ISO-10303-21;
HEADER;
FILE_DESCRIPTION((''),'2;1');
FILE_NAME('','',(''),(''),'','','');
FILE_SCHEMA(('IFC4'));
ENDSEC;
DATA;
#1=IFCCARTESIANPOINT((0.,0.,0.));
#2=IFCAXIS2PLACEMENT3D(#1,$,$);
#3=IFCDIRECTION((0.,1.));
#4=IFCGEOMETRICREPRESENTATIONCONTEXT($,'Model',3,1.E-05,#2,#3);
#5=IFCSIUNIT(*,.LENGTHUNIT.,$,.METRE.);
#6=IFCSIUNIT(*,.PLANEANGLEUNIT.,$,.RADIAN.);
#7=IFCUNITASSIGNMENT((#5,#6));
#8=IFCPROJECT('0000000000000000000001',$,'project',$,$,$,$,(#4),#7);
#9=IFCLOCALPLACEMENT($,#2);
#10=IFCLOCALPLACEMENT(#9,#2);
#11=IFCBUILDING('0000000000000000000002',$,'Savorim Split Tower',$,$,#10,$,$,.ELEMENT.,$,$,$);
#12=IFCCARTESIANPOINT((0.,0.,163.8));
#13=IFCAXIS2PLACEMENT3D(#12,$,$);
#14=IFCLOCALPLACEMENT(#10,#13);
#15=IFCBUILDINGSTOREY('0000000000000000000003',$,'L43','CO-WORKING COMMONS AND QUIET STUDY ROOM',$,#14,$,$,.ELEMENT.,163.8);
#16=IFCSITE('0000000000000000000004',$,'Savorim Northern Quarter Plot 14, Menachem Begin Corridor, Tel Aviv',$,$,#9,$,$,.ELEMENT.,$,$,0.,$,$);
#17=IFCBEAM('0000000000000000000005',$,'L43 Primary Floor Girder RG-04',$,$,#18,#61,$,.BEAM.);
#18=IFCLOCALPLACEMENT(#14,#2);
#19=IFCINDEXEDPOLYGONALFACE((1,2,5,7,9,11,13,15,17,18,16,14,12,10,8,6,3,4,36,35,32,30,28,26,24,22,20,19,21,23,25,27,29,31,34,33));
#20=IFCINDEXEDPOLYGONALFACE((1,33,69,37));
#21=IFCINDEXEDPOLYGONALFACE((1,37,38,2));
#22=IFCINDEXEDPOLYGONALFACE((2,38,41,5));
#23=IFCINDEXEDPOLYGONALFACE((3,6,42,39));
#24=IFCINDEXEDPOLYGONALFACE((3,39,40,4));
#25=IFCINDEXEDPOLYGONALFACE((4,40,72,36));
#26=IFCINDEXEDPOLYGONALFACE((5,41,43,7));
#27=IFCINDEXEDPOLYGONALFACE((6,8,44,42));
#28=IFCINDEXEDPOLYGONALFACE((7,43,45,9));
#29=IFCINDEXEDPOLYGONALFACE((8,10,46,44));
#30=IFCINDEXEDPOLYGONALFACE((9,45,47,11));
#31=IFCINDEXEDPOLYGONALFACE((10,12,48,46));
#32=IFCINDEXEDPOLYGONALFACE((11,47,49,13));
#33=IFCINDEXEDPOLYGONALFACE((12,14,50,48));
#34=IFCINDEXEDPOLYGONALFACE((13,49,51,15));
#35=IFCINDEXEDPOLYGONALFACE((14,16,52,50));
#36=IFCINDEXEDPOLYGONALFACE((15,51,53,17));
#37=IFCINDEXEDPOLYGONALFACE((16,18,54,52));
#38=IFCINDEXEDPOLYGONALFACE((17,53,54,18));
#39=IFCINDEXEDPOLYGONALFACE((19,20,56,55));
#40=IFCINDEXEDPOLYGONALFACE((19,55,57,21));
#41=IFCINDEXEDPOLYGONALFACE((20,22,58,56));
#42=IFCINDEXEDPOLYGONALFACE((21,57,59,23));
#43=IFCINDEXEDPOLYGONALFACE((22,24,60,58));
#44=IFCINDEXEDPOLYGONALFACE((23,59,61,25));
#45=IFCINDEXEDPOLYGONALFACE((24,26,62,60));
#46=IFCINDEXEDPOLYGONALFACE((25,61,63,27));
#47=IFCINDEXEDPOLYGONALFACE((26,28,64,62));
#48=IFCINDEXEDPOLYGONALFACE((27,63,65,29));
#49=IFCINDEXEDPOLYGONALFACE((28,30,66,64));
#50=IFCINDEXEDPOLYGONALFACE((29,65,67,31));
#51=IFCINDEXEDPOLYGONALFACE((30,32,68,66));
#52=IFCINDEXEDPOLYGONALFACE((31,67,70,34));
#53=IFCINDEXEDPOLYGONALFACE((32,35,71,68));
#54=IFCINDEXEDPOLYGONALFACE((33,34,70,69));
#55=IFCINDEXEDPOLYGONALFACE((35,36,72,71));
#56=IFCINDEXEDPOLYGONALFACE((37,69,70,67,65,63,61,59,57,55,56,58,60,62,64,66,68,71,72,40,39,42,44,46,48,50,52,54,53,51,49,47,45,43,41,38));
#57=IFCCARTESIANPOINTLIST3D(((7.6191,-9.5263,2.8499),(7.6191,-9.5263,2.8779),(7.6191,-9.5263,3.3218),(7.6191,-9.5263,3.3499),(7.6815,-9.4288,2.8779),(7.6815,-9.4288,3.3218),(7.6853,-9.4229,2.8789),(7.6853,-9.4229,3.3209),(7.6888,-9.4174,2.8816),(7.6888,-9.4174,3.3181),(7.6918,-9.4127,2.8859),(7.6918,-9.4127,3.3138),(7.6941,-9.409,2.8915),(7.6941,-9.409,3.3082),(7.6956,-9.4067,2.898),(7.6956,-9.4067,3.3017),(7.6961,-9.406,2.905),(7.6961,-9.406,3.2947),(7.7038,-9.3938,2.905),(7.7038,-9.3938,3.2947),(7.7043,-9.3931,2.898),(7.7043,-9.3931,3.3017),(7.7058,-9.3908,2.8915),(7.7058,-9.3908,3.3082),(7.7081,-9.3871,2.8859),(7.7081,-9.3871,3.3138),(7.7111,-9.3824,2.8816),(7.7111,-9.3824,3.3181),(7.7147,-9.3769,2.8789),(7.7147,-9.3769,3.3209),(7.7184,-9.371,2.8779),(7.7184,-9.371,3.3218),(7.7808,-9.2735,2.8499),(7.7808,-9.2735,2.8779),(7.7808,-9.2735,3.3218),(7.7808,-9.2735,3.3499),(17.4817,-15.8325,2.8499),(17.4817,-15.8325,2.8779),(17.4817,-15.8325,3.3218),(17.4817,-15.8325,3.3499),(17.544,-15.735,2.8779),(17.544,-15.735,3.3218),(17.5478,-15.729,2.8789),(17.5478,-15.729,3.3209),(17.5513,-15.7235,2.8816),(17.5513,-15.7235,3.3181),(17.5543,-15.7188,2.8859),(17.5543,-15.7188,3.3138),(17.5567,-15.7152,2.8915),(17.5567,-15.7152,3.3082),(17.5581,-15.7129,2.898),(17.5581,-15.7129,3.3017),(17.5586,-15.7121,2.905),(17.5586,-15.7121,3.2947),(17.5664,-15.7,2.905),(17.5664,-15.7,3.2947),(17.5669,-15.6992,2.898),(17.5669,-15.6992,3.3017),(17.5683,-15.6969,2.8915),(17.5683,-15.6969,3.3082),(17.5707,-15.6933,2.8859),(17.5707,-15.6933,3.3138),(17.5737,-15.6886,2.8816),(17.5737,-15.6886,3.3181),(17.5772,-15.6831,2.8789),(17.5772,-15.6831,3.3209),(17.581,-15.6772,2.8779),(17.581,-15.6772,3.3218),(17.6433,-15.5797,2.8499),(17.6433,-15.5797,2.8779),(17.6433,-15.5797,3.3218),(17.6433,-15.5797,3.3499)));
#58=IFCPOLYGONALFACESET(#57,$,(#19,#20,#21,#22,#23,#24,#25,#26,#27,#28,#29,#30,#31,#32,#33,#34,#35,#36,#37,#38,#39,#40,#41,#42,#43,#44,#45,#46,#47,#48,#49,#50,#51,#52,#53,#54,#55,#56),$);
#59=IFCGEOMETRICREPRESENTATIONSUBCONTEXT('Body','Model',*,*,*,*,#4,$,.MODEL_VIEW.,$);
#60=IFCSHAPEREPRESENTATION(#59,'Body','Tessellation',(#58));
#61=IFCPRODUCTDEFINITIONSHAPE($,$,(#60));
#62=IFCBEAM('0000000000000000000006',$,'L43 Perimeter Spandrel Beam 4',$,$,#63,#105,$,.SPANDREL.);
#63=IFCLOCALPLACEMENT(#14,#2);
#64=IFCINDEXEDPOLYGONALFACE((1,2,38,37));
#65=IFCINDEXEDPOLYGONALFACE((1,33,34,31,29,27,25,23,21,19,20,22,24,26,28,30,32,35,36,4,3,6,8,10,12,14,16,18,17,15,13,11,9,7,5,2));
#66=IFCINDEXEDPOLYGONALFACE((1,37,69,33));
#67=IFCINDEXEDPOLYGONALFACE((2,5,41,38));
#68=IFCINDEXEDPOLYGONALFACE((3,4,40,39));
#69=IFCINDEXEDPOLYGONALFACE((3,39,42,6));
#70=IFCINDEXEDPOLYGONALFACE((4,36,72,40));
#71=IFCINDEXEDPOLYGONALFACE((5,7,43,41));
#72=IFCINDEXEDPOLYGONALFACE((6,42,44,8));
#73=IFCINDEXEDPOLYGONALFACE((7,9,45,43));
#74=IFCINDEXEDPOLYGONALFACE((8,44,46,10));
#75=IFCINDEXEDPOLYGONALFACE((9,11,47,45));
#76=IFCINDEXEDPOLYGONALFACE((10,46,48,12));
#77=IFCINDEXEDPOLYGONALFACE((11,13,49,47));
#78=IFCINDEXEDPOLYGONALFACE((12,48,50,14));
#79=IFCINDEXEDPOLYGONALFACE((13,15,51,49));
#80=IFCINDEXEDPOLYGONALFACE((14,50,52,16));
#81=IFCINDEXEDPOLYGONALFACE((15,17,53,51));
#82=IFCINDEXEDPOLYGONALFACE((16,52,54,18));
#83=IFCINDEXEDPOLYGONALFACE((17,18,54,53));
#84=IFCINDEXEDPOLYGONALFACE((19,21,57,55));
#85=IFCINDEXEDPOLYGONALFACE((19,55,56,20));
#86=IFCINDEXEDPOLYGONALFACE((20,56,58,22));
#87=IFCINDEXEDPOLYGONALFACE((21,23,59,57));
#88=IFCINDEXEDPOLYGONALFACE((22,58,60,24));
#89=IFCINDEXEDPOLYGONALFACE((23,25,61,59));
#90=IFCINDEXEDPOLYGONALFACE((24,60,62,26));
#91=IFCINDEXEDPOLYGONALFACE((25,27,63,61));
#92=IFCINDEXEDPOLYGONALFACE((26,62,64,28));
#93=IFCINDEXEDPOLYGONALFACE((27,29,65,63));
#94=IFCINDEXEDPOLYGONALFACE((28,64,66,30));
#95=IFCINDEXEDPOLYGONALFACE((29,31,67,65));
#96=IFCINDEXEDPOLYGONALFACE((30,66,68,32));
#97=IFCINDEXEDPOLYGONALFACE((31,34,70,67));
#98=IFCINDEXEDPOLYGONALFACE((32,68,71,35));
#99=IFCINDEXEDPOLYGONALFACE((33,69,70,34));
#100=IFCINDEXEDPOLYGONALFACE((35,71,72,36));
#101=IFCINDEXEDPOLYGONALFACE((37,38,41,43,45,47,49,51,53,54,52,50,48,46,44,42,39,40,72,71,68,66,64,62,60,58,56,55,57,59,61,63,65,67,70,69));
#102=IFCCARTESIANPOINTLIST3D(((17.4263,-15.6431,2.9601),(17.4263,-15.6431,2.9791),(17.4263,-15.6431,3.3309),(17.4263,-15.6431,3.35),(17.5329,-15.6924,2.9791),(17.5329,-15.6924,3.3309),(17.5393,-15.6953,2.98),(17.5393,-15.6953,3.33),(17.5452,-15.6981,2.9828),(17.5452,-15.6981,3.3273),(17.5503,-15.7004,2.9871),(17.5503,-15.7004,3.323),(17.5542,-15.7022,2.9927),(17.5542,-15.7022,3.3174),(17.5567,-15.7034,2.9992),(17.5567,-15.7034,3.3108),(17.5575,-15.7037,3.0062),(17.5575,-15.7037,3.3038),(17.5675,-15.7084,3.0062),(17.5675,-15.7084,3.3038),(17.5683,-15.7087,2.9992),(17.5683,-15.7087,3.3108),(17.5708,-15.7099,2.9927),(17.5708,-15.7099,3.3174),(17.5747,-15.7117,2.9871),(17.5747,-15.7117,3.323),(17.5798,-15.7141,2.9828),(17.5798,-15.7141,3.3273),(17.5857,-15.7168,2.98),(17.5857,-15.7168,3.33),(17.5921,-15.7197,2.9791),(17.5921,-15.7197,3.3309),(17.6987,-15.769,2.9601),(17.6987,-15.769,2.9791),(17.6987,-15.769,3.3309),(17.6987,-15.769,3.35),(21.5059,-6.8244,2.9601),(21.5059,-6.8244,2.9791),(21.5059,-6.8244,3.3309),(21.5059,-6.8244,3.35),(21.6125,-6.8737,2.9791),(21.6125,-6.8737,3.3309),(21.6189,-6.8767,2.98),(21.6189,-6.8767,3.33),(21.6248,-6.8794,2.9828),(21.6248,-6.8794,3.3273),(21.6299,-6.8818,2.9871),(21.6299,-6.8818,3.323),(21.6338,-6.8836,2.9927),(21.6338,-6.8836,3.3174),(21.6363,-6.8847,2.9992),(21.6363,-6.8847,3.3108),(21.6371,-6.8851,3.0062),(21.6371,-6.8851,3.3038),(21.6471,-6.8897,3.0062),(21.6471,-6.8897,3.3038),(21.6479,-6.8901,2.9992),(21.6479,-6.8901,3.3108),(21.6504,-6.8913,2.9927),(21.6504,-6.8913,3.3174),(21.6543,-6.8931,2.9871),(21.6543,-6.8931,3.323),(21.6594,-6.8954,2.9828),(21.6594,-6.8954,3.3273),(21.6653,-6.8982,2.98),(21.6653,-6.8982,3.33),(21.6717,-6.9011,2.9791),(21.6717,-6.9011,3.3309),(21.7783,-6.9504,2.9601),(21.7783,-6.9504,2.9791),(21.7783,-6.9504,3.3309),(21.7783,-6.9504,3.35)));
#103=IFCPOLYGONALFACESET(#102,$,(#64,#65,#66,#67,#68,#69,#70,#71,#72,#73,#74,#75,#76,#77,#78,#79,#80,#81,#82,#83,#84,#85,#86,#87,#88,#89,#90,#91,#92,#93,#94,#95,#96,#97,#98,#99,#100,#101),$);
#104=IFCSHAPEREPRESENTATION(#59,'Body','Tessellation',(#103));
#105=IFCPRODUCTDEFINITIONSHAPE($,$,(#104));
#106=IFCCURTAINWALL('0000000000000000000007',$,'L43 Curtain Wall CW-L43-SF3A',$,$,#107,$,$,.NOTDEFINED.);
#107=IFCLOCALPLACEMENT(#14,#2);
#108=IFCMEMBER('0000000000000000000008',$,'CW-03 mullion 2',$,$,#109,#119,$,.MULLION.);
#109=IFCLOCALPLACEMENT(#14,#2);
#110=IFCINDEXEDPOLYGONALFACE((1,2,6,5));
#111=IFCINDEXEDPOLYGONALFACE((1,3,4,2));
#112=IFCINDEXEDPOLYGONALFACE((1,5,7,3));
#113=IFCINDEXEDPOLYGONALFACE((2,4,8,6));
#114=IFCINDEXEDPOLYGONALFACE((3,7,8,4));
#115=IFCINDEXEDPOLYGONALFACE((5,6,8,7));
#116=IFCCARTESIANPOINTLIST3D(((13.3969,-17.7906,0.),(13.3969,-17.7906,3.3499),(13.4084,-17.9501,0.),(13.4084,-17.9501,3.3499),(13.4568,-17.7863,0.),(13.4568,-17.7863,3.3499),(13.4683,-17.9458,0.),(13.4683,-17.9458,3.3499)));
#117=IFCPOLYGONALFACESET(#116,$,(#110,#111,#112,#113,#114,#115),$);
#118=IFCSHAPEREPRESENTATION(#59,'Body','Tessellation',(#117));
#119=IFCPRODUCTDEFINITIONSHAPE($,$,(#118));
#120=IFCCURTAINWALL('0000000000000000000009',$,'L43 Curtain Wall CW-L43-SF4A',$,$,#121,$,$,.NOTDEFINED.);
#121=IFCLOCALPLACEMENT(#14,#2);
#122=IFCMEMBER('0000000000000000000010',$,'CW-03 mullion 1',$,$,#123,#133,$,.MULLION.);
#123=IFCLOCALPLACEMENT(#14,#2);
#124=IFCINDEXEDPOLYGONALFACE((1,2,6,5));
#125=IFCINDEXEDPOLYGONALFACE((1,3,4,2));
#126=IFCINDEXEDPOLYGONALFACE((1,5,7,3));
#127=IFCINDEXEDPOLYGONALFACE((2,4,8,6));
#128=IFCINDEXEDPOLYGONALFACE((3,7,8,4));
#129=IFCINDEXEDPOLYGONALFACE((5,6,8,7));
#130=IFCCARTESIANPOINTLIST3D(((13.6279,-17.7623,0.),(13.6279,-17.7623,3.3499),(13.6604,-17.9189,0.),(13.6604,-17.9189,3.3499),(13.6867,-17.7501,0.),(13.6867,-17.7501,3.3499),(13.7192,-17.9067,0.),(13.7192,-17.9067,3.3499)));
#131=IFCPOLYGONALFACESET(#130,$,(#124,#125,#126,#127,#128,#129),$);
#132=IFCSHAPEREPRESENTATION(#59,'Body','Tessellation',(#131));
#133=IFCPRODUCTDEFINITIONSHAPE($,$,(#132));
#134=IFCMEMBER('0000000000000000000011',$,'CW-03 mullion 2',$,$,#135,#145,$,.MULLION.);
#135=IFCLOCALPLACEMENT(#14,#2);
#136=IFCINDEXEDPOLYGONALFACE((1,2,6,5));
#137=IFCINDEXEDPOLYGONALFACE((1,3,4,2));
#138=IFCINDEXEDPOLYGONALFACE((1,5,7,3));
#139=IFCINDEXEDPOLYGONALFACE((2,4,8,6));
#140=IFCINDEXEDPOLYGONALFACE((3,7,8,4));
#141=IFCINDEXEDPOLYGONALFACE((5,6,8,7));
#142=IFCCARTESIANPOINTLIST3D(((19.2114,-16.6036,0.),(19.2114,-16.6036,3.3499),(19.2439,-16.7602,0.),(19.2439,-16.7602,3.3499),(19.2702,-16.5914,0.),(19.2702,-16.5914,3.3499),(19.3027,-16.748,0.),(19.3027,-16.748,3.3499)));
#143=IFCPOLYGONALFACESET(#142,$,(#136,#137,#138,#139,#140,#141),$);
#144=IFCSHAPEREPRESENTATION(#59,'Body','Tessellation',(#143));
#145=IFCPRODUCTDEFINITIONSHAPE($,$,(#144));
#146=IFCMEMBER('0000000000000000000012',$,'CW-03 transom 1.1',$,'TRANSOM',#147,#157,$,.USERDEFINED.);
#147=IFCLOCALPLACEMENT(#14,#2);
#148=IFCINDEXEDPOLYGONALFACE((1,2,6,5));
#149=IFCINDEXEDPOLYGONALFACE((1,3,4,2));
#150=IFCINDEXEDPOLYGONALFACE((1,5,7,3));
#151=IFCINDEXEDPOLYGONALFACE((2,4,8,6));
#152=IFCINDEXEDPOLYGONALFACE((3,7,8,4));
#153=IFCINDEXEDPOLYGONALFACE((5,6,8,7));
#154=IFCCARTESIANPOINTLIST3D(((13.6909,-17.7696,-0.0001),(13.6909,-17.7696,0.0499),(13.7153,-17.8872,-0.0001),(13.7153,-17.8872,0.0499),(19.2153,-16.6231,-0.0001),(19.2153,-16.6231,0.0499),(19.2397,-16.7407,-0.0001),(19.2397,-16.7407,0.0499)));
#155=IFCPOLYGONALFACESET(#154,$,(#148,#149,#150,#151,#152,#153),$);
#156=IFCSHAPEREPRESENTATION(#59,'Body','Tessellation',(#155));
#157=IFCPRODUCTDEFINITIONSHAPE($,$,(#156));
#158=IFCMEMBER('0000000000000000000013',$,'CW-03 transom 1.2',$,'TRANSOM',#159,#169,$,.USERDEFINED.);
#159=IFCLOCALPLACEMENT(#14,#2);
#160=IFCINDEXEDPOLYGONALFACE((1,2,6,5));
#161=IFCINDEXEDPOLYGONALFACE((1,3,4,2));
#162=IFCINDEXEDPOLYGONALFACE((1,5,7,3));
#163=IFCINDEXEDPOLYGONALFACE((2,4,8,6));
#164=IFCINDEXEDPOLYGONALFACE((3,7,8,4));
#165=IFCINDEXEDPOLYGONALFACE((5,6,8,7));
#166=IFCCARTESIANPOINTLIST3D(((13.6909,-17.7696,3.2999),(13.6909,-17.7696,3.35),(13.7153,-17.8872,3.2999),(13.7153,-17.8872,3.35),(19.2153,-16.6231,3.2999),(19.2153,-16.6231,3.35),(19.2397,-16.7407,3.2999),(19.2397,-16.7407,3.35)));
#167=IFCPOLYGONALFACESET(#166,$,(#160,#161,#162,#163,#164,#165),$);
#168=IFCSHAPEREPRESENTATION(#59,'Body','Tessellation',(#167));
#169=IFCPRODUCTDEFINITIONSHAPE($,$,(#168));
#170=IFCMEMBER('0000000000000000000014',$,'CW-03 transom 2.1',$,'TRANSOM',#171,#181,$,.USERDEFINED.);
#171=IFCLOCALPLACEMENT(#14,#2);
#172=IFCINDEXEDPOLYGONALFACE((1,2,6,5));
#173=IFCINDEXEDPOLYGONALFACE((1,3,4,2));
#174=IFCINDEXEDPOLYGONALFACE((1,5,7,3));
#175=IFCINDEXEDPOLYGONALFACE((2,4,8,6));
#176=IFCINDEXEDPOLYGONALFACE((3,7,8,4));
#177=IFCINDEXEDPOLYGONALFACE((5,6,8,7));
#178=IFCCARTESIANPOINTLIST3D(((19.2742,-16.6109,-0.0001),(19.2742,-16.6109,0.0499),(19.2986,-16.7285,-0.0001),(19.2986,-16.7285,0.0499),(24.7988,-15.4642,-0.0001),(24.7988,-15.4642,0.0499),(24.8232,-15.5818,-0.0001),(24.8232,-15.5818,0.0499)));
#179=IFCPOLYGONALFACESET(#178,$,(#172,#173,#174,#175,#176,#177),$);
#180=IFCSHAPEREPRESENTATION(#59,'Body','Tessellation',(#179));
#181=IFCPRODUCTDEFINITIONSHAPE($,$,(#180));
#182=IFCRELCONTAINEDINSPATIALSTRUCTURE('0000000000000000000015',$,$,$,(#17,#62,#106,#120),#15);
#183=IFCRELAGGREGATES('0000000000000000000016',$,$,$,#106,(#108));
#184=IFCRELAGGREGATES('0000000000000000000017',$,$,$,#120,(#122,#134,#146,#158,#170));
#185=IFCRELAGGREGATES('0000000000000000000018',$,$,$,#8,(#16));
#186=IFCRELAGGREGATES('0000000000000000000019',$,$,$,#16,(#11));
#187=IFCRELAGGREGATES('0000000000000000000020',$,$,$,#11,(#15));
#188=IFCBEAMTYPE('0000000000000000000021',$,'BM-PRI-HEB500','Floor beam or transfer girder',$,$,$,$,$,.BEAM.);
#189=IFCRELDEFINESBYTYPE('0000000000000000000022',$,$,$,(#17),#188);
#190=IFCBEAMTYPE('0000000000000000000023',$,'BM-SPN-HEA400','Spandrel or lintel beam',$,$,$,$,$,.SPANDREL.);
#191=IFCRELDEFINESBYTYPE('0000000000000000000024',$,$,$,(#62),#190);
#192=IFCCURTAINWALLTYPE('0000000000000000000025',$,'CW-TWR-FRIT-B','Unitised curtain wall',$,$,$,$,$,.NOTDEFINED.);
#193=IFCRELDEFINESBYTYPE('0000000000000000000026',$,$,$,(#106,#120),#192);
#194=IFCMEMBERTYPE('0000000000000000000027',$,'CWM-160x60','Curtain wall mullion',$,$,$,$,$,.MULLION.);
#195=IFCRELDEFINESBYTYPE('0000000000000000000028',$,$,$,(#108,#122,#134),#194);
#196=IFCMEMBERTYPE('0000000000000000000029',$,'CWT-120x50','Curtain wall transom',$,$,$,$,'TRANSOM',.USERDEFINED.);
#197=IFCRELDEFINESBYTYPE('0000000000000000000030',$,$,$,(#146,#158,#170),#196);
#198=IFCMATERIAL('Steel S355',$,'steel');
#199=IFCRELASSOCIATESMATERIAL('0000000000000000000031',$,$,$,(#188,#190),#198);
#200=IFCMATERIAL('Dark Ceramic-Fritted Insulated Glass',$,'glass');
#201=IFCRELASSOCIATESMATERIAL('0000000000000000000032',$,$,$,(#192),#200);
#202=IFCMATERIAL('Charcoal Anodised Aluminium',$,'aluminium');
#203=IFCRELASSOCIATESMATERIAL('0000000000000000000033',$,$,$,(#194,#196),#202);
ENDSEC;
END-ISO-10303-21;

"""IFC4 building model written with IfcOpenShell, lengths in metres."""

from ifc_helpers import new_model, si_unit, direction, frame, origin, origin_2d, place, context, subcontext, project, spatial, rectangle, i_section, extrude, material, material_profile, profile_set, type_object, element, aggregate, save


model = new_model("IFC4")

# Units and contexts
model_context = context("Model", 3, precision=1e-05, world=origin(), true_north=direction((0.0, 1.0)))
body_context = subcontext(model_context, "Body", "Model", "MODEL_VIEW")
ifc_project = project(units=[si_unit("LENGTHUNIT", "METRE"), si_unit("PLANEANGLEUNIT", "RADIAN")], contexts=[model_context])

# Site, building, storey
site_placement = place(None, origin())
site = spatial("IfcSite", under=ifc_project, at=site_placement, Name="Savorim Northern Quarter Plot 14, Menachem Begin Corridor, Tel Aviv", CompositionType="ELEMENT", RefElevation=0.0)
building_placement = place(site_placement, origin())
building = spatial("IfcBuilding", under=site, at=building_placement, Name="Savorim Split Tower", CompositionType="ELEMENT")
storey_placement = place(building_placement, frame((0.0, 0.0, 163.8)))
storey = spatial("IfcBuildingStorey", under=building, at=storey_placement, Name="L43", Description="CO-WORKING COMMONS AND QUIET STUDY ROOM", CompositionType="ELEMENT", Elevation=163.8)

# Beams
ifc_material_1 = material(Name="Steel S355", Category="steel")
ifc_material_profile_1 = material_profile(ifc_material_1, i_section(OverallWidth=0.3, OverallDepth=0.5, WebThickness=0.0144, FlangeThickness=0.0281, FilletRadius=0.0271, at=origin_2d()), Name="HEB 500")
ifc_profile_set_1 = profile_set([ifc_material_profile_1], Name="Steel S355")
beam_type_1 = type_object("IfcBeamType", Name="BM-PRI-HEB500", Description="Floor beam or transfer girder", PredefinedType="BEAM", material=ifc_profile_set_1)
beam_1_placement = place(storey_placement, frame((17.5625, -15.7061, 3.0999), z_axis=(-0.842499, 0.538697, 0.0), x_axis=(-0.538697, -0.842499, 0.0)))
element("IfcBeam", 1, at=beam_1_placement, inside=storey, type_object=beam_type_1, Name="L43 Primary Floor Girder RG-04", PredefinedType="BEAM", context=body_context, shape_type="SweptSolid", body=[
    extrude(i_section(OverallWidth=0.3, OverallDepth=0.5, WebThickness=0.0144, FlangeThickness=0.0281, FilletRadius=0.0271, at=origin_2d()), origin(), (0.0, 0.0, 1.0), 11.7063),
])
ifc_material_profile_2 = material_profile(ifc_material_1, i_section(OverallWidth=0.3, OverallDepth=0.3899, WebThickness=0.011, FlangeThickness=0.019, FilletRadius=0.0271, at=origin_2d()), Name="HEA 400")
ifc_profile_set_2 = profile_set([ifc_material_profile_2], Name="Steel S355")
beam_type_2 = type_object("IfcBeamType", Name="BM-SPN-HEA400", Description="Spandrel or lintel beam", PredefinedType="SPANDREL", material=ifc_profile_set_2)
beam_2_placement = place(storey_placement, frame((17.5625, -15.7061, 3.155), z_axis=(0.419861, 0.907588, 0.0), x_axis=(-0.907588, 0.419861, 0.0)))
element("IfcBeam", 2, at=beam_2_placement, inside=storey, type_object=beam_type_2, Name="L43 Perimeter Spandrel Beam 4", PredefinedType="SPANDREL", context=body_context, shape_type="SweptSolid", body=[
    extrude(i_section(OverallWidth=0.3, OverallDepth=0.3899, WebThickness=0.011, FlangeThickness=0.019, FilletRadius=0.0271, at=origin_2d()), origin(), (0.0, 0.0, 1.0), 9.7166),
])

# Curtain wall, member
ifc_material_2 = material(Name="Dark Ceramic-Fritted Insulated Glass", Category="glass")
curtain_wall_type = type_object("IfcCurtainWallType", Name="CW-TWR-FRIT-B", Description="Unitised curtain wall", PredefinedType="NOTDEFINED", material=ifc_material_2)
curtain_wall_1_placement = place(storey_placement, origin())
curtain_wall_1 = element("IfcCurtainWall", 3, at=curtain_wall_1_placement, inside=storey, type_object=curtain_wall_type, Name="L43 Curtain Wall CW-L43-SF3A", PredefinedType="NOTDEFINED")
ifc_material_3 = material(Name="Charcoal Anodised Aluminium", Category="aluminium")
ifc_material_profile_3 = material_profile(ifc_material_3, rectangle(XDim=0.1599, YDim=0.0601, at=origin_2d()), Name="ALU-M 160x60")
ifc_profile_set_3 = profile_set([ifc_material_profile_3], Name="Charcoal Anodised Aluminium")
member_type_1 = type_object("IfcMemberType", Name="CWM-160x60", Description="Curtain wall mullion", PredefinedType="MULLION", material=ifc_profile_set_3)
member_1_placement = place(storey_placement, frame((13.4326, -17.8682, 0.0), z_axis=(0.0, 0.0, 1.0), x_axis=(-0.071558, 0.997436, 0.0)))
member_1 = element("IfcMember", 4, at=member_1_placement, type_object=member_type_1, Name="CW-03 mullion 2", PredefinedType="MULLION", context=body_context, shape_type="SweptSolid", body=[
    extrude(rectangle(XDim=0.1599, YDim=0.0601, at=origin_2d()), origin(), (0.0, 0.0, 1.0), 3.3499),
])

# Curtain wall, members
curtain_wall_2_placement = place(storey_placement, origin())
curtain_wall_2 = element("IfcCurtainWall", 5, at=curtain_wall_2_placement, inside=storey, type_object=curtain_wall_type, Name="L43 Curtain Wall CW-L43-SF4A", PredefinedType="NOTDEFINED")
member_2_placement = place(storey_placement, frame((13.6736, -17.8345, 0.0), z_axis=(0.0, 0.0, 1.0), x_axis=(-0.203216, 0.979134, 0.0)))
member_2 = element("IfcMember", 6, at=member_2_placement, type_object=member_type_1, Name="CW-03 mullion 1", PredefinedType="MULLION", context=body_context, shape_type="SweptSolid", body=[
    extrude(rectangle(XDim=0.1599, YDim=0.0601, at=origin_2d()), origin(), (0.0, 0.0, 1.0), 3.3499),
])
member_3_placement = place(storey_placement, frame((19.2571, -16.6758, 0.0), z_axis=(0.0, 0.0, 1.0), x_axis=(-0.203216, 0.979134, 0.0)))
member_3 = element("IfcMember", 7, at=member_3_placement, type_object=member_type_1, Name="CW-03 mullion 2", PredefinedType="MULLION", context=body_context, shape_type="SweptSolid", body=[
    extrude(rectangle(XDim=0.1599, YDim=0.0601, at=origin_2d()), origin(), (0.0, 0.0, 1.0), 3.3499),
])
ifc_material_profile_4 = material_profile(ifc_material_3, rectangle(XDim=0.1201, YDim=0.05, at=origin_2d()), Name="ALU-T 120x50")
ifc_profile_set_4 = profile_set([ifc_material_profile_4], Name="Charcoal Anodised Aluminium")
member_type_2 = type_object("IfcMemberType", Name="CWT-120x50", Description="Curtain wall transom", ElementType="TRANSOM", PredefinedType="USERDEFINED", material=ifc_profile_set_4)
member_4_placement = place(storey_placement, frame((13.7031, -17.8284, 0.0249), z_axis=(0.979137, 0.203201, 0.0), x_axis=(-0.203201, 0.979137, 0.0)))
member_4 = element("IfcMember", 8, at=member_4_placement, type_object=member_type_2, Name="CW-03 transom 1.1", ObjectType="TRANSOM", PredefinedType="USERDEFINED", context=body_context, shape_type="SweptSolid", body=[
    extrude(rectangle(XDim=0.1201, YDim=0.05, at=origin_2d()), origin(), (0.0, 0.0, 1.0), 5.6421),
])
member_5_placement = place(storey_placement, frame((13.7031, -17.8284, 3.325), z_axis=(0.979137, 0.203201, 0.0), x_axis=(-0.203201, 0.979137, 0.0)))
member_5 = element("IfcMember", 9, at=member_5_placement, type_object=member_type_2, Name="CW-03 transom 1.2", ObjectType="TRANSOM", PredefinedType="USERDEFINED", context=body_context, shape_type="SweptSolid", body=[
    extrude(rectangle(XDim=0.1201, YDim=0.05, at=origin_2d()), origin(), (0.0, 0.0, 1.0), 5.6421),
])
member_6_placement = place(storey_placement, frame((19.2864, -16.6697, 0.0249), z_axis=(0.97913, 0.203234, 0.0), x_axis=(-0.203234, 0.97913, 0.0)))
member_6 = element("IfcMember", 10, at=member_6_placement, type_object=member_type_2, Name="CW-03 transom 2.1", ObjectType="TRANSOM", PredefinedType="USERDEFINED", context=body_context, shape_type="SweptSolid", body=[
    extrude(rectangle(XDim=0.1201, YDim=0.05, at=origin_2d()), origin(), (0.0, 0.0, 1.0), 5.6423),
])

aggregate(curtain_wall_1, [member_1])
aggregate(curtain_wall_2, [member_2, member_3, member_4, member_5, member_6])

save(model, "model.ifc")
